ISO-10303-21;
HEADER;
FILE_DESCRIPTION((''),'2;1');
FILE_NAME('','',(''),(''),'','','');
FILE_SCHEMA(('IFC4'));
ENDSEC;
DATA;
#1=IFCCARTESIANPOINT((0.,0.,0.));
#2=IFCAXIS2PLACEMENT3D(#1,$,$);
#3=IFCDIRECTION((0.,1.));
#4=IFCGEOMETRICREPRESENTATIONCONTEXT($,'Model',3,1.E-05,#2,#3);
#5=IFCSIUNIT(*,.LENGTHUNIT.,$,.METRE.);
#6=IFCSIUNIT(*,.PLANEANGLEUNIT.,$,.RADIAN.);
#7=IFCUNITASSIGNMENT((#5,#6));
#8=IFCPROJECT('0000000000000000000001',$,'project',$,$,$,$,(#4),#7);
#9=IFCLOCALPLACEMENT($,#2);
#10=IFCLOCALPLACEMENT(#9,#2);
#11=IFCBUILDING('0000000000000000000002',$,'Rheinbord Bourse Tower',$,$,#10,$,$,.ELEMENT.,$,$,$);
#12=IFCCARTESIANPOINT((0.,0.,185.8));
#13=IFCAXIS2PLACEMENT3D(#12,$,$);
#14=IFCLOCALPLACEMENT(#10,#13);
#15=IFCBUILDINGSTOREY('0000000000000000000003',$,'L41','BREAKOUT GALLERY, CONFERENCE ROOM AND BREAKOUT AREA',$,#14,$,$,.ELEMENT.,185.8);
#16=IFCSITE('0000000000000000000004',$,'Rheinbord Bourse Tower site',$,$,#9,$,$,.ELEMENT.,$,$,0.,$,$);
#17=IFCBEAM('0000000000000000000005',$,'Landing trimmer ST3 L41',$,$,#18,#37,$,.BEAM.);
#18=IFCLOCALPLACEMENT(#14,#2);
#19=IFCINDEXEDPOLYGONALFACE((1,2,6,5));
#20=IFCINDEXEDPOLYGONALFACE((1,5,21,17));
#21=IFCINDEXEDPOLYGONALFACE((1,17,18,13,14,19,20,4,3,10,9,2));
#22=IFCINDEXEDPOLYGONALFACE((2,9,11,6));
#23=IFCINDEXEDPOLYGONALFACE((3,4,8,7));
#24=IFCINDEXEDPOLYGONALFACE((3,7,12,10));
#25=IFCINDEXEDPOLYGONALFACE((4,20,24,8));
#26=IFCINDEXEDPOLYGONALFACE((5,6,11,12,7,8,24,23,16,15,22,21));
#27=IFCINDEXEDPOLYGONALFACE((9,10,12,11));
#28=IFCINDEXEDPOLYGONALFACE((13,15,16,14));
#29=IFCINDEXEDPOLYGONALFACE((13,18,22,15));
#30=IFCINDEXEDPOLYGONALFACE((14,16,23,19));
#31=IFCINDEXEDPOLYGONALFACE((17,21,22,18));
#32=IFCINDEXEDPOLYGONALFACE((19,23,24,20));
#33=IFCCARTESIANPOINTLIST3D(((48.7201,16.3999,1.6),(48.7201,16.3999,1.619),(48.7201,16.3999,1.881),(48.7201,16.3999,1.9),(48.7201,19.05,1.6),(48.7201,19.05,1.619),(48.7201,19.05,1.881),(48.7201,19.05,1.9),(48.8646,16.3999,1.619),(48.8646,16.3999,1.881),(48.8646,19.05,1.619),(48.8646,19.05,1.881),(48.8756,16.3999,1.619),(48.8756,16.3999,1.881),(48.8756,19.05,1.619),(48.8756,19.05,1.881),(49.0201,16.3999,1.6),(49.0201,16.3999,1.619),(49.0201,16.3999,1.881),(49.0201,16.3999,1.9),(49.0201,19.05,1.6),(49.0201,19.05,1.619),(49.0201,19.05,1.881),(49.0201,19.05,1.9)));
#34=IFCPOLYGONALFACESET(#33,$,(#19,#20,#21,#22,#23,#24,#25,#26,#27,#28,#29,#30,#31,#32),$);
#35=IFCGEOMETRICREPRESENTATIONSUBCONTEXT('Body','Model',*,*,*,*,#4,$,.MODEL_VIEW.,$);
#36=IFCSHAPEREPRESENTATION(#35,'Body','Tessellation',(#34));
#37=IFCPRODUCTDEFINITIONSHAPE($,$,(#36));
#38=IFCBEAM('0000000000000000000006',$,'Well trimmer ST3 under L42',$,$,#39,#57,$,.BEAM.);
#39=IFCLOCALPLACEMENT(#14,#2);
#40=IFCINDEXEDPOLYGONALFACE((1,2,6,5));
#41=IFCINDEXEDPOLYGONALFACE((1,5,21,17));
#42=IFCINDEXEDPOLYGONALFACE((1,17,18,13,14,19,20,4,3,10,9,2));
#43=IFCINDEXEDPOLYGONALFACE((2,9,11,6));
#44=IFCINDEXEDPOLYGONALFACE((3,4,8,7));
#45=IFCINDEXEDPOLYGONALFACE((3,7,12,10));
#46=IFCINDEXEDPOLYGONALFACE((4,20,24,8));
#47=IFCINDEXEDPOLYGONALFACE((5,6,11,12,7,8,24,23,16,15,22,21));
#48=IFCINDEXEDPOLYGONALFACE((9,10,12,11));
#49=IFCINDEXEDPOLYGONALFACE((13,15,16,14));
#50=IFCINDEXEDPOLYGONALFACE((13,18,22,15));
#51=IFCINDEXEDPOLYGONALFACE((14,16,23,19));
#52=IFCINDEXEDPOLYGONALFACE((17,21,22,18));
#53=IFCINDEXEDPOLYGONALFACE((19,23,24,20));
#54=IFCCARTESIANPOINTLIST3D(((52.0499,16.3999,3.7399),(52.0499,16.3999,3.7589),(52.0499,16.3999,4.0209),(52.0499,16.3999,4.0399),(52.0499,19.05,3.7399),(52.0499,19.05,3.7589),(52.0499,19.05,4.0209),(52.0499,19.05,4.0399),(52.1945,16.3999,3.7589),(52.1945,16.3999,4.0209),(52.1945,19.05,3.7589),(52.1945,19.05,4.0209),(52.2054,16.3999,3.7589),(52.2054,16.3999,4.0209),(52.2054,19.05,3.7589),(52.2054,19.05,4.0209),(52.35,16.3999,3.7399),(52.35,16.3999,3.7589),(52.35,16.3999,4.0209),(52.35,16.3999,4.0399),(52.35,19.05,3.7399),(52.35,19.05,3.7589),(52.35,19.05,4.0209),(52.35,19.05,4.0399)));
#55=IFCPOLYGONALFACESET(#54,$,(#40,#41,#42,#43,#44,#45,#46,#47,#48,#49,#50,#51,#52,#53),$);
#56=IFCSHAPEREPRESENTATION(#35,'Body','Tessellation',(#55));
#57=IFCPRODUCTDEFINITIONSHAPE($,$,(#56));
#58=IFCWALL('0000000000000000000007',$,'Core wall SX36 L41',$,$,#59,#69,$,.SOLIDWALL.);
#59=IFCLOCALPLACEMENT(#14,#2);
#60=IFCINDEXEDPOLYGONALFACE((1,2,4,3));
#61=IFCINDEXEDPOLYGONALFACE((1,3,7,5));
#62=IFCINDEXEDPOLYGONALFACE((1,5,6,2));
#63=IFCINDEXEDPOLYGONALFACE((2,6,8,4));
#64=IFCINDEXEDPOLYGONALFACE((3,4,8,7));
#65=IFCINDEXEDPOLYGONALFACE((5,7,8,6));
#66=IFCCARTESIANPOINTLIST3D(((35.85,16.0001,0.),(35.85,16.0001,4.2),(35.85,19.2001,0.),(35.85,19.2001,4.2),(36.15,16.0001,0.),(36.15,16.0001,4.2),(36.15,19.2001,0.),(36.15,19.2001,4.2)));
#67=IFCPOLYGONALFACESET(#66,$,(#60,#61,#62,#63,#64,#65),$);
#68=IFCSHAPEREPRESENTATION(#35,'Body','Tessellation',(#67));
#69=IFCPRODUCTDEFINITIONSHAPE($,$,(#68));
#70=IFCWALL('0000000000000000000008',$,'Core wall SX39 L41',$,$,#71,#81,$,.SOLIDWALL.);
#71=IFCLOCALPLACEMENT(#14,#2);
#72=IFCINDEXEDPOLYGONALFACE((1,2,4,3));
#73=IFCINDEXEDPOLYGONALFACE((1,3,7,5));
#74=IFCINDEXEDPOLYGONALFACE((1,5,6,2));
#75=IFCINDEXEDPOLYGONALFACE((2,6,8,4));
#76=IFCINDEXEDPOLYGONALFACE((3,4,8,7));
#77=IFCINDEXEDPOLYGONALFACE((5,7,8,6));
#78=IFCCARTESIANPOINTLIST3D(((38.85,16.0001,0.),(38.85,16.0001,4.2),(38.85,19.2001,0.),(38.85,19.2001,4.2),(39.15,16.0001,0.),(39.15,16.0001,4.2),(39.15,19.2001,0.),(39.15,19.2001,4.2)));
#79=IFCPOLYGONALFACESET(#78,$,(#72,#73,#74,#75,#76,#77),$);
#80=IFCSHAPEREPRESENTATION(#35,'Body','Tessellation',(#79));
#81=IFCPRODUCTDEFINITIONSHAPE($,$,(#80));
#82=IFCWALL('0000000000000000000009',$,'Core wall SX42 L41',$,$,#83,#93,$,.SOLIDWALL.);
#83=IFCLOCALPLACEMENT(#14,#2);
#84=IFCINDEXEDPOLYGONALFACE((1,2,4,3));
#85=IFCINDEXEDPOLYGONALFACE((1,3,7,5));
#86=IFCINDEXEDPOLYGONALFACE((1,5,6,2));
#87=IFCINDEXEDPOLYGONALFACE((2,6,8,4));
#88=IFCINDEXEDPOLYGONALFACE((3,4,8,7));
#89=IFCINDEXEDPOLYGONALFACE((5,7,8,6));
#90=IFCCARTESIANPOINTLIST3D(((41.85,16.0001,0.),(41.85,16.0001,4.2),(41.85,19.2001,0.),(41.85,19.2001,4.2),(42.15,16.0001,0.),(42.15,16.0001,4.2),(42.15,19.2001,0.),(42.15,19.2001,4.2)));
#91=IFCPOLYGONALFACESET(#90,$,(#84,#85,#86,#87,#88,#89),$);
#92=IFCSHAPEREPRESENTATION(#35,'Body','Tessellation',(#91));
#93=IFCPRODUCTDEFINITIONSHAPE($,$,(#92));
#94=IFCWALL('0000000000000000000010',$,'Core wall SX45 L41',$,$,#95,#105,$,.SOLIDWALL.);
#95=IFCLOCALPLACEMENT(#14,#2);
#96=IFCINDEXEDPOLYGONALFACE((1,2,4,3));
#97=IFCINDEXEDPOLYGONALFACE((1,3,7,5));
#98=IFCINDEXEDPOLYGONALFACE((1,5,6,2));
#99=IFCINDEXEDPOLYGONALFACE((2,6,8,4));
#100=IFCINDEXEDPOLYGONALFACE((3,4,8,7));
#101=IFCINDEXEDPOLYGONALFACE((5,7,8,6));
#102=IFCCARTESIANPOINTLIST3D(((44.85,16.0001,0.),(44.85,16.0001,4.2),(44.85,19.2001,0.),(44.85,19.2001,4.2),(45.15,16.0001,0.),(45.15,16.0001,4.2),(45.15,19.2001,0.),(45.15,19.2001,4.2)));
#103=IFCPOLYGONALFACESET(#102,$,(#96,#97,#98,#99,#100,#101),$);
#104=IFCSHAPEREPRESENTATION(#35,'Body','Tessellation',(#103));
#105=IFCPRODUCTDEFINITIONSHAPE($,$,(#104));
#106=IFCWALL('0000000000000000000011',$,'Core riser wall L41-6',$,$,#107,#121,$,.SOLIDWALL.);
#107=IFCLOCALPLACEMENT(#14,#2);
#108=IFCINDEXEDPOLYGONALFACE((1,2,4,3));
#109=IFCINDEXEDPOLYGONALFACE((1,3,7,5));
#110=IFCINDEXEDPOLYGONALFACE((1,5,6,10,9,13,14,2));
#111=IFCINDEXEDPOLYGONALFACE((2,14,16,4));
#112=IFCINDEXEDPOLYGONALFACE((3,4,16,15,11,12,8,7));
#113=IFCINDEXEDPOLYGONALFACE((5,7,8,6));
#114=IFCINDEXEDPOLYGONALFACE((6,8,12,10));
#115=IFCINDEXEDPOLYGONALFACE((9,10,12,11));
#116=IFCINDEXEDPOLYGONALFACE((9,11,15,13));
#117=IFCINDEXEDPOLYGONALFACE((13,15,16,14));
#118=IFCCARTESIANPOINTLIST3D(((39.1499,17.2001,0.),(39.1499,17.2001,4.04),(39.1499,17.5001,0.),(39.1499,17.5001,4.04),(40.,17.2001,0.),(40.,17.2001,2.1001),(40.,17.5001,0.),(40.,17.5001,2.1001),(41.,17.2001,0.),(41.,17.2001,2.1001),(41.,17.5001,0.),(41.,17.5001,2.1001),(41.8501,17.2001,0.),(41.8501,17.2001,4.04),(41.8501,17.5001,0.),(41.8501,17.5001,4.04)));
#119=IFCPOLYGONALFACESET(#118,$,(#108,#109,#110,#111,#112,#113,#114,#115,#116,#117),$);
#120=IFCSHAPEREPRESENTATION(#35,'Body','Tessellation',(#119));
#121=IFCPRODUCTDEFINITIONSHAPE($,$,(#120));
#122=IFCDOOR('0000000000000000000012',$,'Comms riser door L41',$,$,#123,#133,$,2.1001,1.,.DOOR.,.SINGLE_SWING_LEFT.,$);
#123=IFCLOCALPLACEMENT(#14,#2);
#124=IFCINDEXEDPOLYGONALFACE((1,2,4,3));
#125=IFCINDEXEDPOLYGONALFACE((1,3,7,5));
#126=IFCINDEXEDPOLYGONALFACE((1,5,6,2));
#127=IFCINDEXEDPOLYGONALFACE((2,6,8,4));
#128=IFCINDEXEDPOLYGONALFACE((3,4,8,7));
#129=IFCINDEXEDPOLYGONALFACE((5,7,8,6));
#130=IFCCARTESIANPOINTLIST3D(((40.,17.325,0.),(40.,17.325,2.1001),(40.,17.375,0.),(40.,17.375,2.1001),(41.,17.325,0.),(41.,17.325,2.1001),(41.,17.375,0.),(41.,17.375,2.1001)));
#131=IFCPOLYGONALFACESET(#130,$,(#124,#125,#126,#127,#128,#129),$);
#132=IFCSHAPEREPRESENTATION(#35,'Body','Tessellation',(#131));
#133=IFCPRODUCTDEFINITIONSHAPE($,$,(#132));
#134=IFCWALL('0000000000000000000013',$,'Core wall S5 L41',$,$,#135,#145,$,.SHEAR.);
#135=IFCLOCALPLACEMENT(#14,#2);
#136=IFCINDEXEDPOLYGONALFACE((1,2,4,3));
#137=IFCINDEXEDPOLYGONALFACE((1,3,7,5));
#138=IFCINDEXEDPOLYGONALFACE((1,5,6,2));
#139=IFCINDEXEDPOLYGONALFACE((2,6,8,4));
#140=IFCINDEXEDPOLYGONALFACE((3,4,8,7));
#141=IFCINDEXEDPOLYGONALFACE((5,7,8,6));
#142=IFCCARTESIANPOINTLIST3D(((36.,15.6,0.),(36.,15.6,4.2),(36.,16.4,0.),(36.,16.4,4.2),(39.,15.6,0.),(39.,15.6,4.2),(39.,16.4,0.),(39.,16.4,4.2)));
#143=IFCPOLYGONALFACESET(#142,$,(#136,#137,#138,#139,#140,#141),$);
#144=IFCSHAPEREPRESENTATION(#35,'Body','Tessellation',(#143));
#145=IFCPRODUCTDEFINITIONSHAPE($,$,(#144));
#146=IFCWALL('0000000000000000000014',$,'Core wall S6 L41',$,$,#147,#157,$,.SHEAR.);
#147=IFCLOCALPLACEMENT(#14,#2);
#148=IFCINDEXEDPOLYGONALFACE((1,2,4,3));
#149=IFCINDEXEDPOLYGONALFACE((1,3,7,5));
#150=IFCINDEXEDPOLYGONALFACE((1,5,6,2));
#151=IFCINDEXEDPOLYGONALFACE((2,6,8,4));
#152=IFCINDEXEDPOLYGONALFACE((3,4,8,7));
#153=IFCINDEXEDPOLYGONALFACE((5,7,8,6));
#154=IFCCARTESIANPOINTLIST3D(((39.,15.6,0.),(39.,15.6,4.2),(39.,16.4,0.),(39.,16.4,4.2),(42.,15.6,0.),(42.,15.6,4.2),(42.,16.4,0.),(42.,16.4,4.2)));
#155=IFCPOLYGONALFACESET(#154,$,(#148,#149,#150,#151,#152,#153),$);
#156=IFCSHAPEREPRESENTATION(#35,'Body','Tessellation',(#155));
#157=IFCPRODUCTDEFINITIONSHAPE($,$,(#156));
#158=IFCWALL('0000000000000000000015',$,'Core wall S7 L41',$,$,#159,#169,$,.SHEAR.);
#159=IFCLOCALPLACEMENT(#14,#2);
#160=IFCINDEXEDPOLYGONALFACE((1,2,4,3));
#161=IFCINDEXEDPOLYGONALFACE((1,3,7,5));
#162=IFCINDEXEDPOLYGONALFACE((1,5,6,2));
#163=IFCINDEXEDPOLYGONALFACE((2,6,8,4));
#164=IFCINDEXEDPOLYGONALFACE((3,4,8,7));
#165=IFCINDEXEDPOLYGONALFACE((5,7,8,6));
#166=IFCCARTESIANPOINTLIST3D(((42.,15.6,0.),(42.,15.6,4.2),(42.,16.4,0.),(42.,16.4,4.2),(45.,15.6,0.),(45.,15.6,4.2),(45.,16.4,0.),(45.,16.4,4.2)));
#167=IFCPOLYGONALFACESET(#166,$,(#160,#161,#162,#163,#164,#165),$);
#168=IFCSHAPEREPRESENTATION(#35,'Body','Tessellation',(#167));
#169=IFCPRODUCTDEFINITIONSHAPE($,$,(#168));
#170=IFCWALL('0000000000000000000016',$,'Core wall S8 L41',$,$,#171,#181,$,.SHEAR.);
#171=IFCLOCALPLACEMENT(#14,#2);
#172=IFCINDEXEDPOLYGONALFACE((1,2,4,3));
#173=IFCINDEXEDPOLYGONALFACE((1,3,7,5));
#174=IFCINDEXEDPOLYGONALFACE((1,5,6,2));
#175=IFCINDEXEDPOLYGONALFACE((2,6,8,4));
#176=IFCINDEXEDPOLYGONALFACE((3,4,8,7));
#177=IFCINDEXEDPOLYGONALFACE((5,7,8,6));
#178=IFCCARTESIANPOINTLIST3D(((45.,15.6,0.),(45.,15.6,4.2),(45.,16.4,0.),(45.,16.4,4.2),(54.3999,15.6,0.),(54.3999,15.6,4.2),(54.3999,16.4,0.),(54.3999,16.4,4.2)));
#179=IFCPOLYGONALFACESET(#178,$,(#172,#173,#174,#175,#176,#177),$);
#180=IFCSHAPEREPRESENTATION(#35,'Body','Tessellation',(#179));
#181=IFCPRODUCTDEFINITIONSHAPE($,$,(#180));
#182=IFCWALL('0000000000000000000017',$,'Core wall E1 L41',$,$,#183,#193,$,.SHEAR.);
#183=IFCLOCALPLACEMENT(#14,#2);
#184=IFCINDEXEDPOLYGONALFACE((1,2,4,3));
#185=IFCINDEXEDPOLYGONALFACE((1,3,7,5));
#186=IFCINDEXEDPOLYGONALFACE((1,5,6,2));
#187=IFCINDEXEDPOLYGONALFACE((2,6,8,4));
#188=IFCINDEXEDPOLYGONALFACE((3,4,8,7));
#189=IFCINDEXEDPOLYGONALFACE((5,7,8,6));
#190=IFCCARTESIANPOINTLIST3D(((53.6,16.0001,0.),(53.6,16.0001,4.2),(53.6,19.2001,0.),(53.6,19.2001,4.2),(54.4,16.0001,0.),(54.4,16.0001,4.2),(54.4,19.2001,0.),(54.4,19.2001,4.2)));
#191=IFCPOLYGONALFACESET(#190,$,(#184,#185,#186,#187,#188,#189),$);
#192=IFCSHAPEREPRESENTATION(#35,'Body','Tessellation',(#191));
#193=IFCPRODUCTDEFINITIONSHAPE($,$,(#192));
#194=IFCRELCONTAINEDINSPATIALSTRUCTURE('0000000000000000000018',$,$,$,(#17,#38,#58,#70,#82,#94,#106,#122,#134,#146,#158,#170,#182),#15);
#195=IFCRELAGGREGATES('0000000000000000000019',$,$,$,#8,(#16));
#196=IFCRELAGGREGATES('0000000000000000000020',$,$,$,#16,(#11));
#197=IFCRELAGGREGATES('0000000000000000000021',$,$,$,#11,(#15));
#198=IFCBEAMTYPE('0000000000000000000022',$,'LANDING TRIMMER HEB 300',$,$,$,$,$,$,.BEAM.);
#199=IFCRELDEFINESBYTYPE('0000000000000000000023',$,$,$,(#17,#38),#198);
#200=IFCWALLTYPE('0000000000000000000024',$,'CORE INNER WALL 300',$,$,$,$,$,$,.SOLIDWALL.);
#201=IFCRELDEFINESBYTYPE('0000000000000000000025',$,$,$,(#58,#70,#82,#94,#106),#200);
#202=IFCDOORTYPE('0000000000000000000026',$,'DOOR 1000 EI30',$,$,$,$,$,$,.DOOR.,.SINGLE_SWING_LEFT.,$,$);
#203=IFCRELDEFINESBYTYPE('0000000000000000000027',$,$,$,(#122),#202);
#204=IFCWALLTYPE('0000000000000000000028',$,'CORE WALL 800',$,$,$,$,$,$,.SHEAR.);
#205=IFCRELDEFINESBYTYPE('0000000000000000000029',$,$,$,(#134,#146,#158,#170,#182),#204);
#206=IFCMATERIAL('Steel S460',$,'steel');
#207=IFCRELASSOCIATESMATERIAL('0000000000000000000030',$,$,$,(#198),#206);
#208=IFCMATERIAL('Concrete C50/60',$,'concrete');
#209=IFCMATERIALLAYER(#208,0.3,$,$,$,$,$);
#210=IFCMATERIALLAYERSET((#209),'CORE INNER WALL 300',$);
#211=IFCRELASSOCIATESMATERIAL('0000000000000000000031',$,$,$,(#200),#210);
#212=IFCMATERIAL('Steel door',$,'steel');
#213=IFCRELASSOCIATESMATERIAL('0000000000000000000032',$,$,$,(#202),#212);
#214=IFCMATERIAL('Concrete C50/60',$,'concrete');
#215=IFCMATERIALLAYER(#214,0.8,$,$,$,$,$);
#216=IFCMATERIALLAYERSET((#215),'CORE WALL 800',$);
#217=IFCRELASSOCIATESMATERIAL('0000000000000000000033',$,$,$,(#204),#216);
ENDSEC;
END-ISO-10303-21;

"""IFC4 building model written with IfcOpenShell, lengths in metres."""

from ifc_helpers import new_model, si_unit, direction, frame, frame_2d, origin, origin_2d, place, context, subcontext, project, spatial, rectangle, i_section, extrude, material, layer, layer_set, material_profile, profile_set, type_object, element, fill, save


model = new_model("IFC4")

# Units and contexts
model_context = context("Model", 3, precision=1e-05, world=origin(), true_north=direction((0.0, 1.0)))
body_context = subcontext(model_context, "Body", "Model", "MODEL_VIEW")
ifc_project = project(units=[si_unit("LENGTHUNIT", "METRE"), si_unit("PLANEANGLEUNIT", "RADIAN")], contexts=[model_context])

# Site, building, storey
site_placement = place(None, origin())
site = spatial("IfcSite", under=ifc_project, at=site_placement, Name="Rheinbord Bourse Tower site", CompositionType="ELEMENT", RefElevation=0.0)
building_placement = place(site_placement, origin())
building = spatial("IfcBuilding", under=site, at=building_placement, Name="Rheinbord Bourse Tower", CompositionType="ELEMENT")
storey_placement = place(building_placement, frame((0.0, 0.0, 185.8)))
storey = spatial("IfcBuildingStorey", under=building, at=storey_placement, Name="L41", Description="BREAKOUT GALLERY, CONFERENCE ROOM AND BREAKOUT AREA", CompositionType="ELEMENT", Elevation=185.8)

# Beams
ifc_material_1 = material(Name="Steel S460", Category="steel")
ifc_material_profile = material_profile(ifc_material_1, i_section(OverallWidth=0.3, OverallDepth=0.3, WebThickness=0.011, FlangeThickness=0.019, at=origin_2d()), Name="HEB 300")
ifc_profile_set = profile_set([ifc_material_profile], Name="Steel S460")
beam_type = type_object("IfcBeamType", Name="LANDING TRIMMER HEB 300", PredefinedType="BEAM", material=ifc_profile_set)
for number, where, z_axis, x_axis, name in (
    (1, (48.8701, 16.3999, 1.75), (0.0, 1.0, 0.0), (-1.0, 0.0, 0.0), "Landing trimmer ST3 L41"),
    (2, (52.2, 16.3999, 3.8899), (0.0, 1.0, 0.0), (-1.0, 0.0, 0.0), "Well trimmer ST3 under L42"),
):
    element("IfcBeam", number, at=place(storey_placement, frame(where, z_axis=z_axis, x_axis=x_axis)), inside=storey, type_object=beam_type, Name=name, PredefinedType="BEAM", context=body_context, shape_type="SweptSolid", body=[
        extrude(i_section(OverallWidth=0.3, OverallDepth=0.3, WebThickness=0.011, FlangeThickness=0.019, at=origin_2d()), origin(), (0.0, 0.0, 1.0), 2.6501),
    ])

# Walls
ifc_material_2 = material(Name="Concrete C50/60", Category="concrete")
ifc_layer_1 = layer(ifc_material_2, 0.3)
ifc_layer_set_1 = layer_set([ifc_layer_1], Name="CORE INNER WALL 300")
wall_type_1 = type_object("IfcWallType", Name="CORE INNER WALL 300", PredefinedType="SOLIDWALL", material=ifc_layer_set_1)
for number, where, z_axis, x_axis, name in (
    (3, (36.0, 16.0, 0.0), (0.0, 0.0, 1.0), (0.0, 1.0, 0.0), "Core wall SX36 L41"),
    (4, (39.0, 16.0, 0.0), (0.0, 0.0, 1.0), (0.0, 1.0, 0.0), "Core wall SX39 L41"),
    (5, (42.0, 16.0, 0.0), (0.0, 0.0, 1.0), (0.0, 1.0, 0.0), "Core wall SX42 L41"),
    (6, (45.0, 16.0, 0.0), (0.0, 0.0, 1.0), (0.0, 1.0, 0.0), "Core wall SX45 L41"),
):
    element("IfcWall", number, at=place(storey_placement, frame(where, z_axis=z_axis, x_axis=x_axis)), inside=storey, type_object=wall_type_1, Name=name, PredefinedType="SOLIDWALL", context=body_context, shape_type="SweptSolid", body=[
        extrude(rectangle(XDim=3.2, YDim=0.3, at=frame_2d((1.6001, 0.0))), origin(), (0.0, 0.0, 1.0), 4.2),
    ])

# Wall, opening, door
wall_1_placement = place(storey_placement, frame((39.1499, 17.3501, 0.0), z_axis=(0.0, 0.0, 1.0), x_axis=(1.0, 0.0, 0.0)))
wall_1 = element("IfcWall", 7, at=wall_1_placement, inside=storey, type_object=wall_type_1, Name="Core riser wall L41-6", PredefinedType="SOLIDWALL", context=body_context, shape_type="SweptSolid", body=[
    extrude(rectangle(XDim=2.7002, YDim=0.3, at=frame_2d((1.3501, 0.0))), origin(), (0.0, 0.0, 1.0), 4.04),
])
opening_1_placement = place(wall_1_placement, frame((0.8501, 0.0, 0.0)))
opening_1 = element("IfcOpeningElement", 8, at=opening_1_placement, cuts=wall_1, PredefinedType="OPENING", context=body_context, shape_type="SweptSolid", body=[
    extrude(rectangle(XDim=1.0, YDim=2.1001, at=frame_2d((0.5, 1.05))), frame((0.0, 0.1599, 0.0), z_axis=(0.0, -1.0, 0.0), x_axis=(1.0, 0.0, 0.0)), (0.0, 0.0, 1.0), 0.3201),
])
ifc_material_3 = material(Name="Steel door", Category="steel")
door_type_1 = type_object("IfcDoorType", Name="DOOR 1000 EI30", OperationType="SINGLE_SWING_LEFT", PredefinedType="DOOR", material=ifc_material_3)
door_1_placement = place(opening_1_placement, origin())
door_1 = element("IfcDoor", 9, at=door_1_placement, inside=storey, type_object=door_type_1, Name="Comms riser door L41", OperationType="SINGLE_SWING_LEFT", OverallHeight=2.1001, OverallWidth=1.0, PredefinedType="DOOR", context=body_context, shape_type="SweptSolid", body=[
    extrude(rectangle(XDim=1.0, YDim=2.1001, at=frame_2d((0.5, 1.05))), frame((0.0, 0.0249, 0.0), z_axis=(0.0, -1.0, 0.0), x_axis=(1.0, 0.0, 0.0)), (0.0, 0.0, 1.0), 0.05),
])
fill(opening_1, door_1)

# Walls
ifc_material_4 = material(Name="Concrete C50/60", Category="concrete")
ifc_layer_2 = layer(ifc_material_4, 0.8)
ifc_layer_set_2 = layer_set([ifc_layer_2], Name="CORE WALL 800")
wall_type_2 = type_object("IfcWallType", Name="CORE WALL 800", PredefinedType="SHEAR", material=ifc_layer_set_2)
for number, where, z_axis, x_axis, name in (
    (10, (36.0, 16.0, 0.0), (0.0, 0.0, 1.0), (1.0, 0.0, 0.0), "Core wall S5 L41"),
    (11, (39.0, 16.0, 0.0), (0.0, 0.0, 1.0), (1.0, 0.0, 0.0), "Core wall S6 L41"),
    (12, (42.0, 16.0, 0.0), (0.0, 0.0, 1.0), (1.0, 0.0, 0.0), "Core wall S7 L41"),
):
    element("IfcWall", number, at=place(storey_placement, frame(where, z_axis=z_axis, x_axis=x_axis)), inside=storey, type_object=wall_type_2, Name=name, PredefinedType="SHEAR", context=body_context, shape_type="SweptSolid", body=[
        extrude(rectangle(XDim=3.0, YDim=0.8, at=frame_2d((1.5, 0.0))), origin(), (0.0, 0.0, 1.0), 4.2),
    ])
wall_2_placement = place(storey_placement, frame((45.0, 16.0, 0.0), z_axis=(0.0, 0.0, 1.0), x_axis=(1.0, 0.0, 0.0)))
element("IfcWall", 13, at=wall_2_placement, inside=storey, type_object=wall_type_2, Name="Core wall S8 L41", PredefinedType="SHEAR", context=body_context, shape_type="SweptSolid", body=[
    extrude(rectangle(XDim=9.3999, YDim=0.8, at=frame_2d((4.7, 0.0))), origin(), (0.0, 0.0, 1.0), 4.2),
])
wall_3_placement = place(storey_placement, frame((54.0, 16.0, 0.0), z_axis=(0.0, 0.0, 1.0), x_axis=(0.0, 1.0, 0.0)))
element("IfcWall", 14, at=wall_3_placement, inside=storey, type_object=wall_type_2, Name="Core wall E1 L41", PredefinedType="SHEAR", context=body_context, shape_type="SweptSolid", body=[
    extrude(rectangle(XDim=3.2, YDim=0.8, at=frame_2d((1.6001, 0.0))), origin(), (0.0, 0.0, 1.0), 4.2),
])

save(model, "model.ifc")
